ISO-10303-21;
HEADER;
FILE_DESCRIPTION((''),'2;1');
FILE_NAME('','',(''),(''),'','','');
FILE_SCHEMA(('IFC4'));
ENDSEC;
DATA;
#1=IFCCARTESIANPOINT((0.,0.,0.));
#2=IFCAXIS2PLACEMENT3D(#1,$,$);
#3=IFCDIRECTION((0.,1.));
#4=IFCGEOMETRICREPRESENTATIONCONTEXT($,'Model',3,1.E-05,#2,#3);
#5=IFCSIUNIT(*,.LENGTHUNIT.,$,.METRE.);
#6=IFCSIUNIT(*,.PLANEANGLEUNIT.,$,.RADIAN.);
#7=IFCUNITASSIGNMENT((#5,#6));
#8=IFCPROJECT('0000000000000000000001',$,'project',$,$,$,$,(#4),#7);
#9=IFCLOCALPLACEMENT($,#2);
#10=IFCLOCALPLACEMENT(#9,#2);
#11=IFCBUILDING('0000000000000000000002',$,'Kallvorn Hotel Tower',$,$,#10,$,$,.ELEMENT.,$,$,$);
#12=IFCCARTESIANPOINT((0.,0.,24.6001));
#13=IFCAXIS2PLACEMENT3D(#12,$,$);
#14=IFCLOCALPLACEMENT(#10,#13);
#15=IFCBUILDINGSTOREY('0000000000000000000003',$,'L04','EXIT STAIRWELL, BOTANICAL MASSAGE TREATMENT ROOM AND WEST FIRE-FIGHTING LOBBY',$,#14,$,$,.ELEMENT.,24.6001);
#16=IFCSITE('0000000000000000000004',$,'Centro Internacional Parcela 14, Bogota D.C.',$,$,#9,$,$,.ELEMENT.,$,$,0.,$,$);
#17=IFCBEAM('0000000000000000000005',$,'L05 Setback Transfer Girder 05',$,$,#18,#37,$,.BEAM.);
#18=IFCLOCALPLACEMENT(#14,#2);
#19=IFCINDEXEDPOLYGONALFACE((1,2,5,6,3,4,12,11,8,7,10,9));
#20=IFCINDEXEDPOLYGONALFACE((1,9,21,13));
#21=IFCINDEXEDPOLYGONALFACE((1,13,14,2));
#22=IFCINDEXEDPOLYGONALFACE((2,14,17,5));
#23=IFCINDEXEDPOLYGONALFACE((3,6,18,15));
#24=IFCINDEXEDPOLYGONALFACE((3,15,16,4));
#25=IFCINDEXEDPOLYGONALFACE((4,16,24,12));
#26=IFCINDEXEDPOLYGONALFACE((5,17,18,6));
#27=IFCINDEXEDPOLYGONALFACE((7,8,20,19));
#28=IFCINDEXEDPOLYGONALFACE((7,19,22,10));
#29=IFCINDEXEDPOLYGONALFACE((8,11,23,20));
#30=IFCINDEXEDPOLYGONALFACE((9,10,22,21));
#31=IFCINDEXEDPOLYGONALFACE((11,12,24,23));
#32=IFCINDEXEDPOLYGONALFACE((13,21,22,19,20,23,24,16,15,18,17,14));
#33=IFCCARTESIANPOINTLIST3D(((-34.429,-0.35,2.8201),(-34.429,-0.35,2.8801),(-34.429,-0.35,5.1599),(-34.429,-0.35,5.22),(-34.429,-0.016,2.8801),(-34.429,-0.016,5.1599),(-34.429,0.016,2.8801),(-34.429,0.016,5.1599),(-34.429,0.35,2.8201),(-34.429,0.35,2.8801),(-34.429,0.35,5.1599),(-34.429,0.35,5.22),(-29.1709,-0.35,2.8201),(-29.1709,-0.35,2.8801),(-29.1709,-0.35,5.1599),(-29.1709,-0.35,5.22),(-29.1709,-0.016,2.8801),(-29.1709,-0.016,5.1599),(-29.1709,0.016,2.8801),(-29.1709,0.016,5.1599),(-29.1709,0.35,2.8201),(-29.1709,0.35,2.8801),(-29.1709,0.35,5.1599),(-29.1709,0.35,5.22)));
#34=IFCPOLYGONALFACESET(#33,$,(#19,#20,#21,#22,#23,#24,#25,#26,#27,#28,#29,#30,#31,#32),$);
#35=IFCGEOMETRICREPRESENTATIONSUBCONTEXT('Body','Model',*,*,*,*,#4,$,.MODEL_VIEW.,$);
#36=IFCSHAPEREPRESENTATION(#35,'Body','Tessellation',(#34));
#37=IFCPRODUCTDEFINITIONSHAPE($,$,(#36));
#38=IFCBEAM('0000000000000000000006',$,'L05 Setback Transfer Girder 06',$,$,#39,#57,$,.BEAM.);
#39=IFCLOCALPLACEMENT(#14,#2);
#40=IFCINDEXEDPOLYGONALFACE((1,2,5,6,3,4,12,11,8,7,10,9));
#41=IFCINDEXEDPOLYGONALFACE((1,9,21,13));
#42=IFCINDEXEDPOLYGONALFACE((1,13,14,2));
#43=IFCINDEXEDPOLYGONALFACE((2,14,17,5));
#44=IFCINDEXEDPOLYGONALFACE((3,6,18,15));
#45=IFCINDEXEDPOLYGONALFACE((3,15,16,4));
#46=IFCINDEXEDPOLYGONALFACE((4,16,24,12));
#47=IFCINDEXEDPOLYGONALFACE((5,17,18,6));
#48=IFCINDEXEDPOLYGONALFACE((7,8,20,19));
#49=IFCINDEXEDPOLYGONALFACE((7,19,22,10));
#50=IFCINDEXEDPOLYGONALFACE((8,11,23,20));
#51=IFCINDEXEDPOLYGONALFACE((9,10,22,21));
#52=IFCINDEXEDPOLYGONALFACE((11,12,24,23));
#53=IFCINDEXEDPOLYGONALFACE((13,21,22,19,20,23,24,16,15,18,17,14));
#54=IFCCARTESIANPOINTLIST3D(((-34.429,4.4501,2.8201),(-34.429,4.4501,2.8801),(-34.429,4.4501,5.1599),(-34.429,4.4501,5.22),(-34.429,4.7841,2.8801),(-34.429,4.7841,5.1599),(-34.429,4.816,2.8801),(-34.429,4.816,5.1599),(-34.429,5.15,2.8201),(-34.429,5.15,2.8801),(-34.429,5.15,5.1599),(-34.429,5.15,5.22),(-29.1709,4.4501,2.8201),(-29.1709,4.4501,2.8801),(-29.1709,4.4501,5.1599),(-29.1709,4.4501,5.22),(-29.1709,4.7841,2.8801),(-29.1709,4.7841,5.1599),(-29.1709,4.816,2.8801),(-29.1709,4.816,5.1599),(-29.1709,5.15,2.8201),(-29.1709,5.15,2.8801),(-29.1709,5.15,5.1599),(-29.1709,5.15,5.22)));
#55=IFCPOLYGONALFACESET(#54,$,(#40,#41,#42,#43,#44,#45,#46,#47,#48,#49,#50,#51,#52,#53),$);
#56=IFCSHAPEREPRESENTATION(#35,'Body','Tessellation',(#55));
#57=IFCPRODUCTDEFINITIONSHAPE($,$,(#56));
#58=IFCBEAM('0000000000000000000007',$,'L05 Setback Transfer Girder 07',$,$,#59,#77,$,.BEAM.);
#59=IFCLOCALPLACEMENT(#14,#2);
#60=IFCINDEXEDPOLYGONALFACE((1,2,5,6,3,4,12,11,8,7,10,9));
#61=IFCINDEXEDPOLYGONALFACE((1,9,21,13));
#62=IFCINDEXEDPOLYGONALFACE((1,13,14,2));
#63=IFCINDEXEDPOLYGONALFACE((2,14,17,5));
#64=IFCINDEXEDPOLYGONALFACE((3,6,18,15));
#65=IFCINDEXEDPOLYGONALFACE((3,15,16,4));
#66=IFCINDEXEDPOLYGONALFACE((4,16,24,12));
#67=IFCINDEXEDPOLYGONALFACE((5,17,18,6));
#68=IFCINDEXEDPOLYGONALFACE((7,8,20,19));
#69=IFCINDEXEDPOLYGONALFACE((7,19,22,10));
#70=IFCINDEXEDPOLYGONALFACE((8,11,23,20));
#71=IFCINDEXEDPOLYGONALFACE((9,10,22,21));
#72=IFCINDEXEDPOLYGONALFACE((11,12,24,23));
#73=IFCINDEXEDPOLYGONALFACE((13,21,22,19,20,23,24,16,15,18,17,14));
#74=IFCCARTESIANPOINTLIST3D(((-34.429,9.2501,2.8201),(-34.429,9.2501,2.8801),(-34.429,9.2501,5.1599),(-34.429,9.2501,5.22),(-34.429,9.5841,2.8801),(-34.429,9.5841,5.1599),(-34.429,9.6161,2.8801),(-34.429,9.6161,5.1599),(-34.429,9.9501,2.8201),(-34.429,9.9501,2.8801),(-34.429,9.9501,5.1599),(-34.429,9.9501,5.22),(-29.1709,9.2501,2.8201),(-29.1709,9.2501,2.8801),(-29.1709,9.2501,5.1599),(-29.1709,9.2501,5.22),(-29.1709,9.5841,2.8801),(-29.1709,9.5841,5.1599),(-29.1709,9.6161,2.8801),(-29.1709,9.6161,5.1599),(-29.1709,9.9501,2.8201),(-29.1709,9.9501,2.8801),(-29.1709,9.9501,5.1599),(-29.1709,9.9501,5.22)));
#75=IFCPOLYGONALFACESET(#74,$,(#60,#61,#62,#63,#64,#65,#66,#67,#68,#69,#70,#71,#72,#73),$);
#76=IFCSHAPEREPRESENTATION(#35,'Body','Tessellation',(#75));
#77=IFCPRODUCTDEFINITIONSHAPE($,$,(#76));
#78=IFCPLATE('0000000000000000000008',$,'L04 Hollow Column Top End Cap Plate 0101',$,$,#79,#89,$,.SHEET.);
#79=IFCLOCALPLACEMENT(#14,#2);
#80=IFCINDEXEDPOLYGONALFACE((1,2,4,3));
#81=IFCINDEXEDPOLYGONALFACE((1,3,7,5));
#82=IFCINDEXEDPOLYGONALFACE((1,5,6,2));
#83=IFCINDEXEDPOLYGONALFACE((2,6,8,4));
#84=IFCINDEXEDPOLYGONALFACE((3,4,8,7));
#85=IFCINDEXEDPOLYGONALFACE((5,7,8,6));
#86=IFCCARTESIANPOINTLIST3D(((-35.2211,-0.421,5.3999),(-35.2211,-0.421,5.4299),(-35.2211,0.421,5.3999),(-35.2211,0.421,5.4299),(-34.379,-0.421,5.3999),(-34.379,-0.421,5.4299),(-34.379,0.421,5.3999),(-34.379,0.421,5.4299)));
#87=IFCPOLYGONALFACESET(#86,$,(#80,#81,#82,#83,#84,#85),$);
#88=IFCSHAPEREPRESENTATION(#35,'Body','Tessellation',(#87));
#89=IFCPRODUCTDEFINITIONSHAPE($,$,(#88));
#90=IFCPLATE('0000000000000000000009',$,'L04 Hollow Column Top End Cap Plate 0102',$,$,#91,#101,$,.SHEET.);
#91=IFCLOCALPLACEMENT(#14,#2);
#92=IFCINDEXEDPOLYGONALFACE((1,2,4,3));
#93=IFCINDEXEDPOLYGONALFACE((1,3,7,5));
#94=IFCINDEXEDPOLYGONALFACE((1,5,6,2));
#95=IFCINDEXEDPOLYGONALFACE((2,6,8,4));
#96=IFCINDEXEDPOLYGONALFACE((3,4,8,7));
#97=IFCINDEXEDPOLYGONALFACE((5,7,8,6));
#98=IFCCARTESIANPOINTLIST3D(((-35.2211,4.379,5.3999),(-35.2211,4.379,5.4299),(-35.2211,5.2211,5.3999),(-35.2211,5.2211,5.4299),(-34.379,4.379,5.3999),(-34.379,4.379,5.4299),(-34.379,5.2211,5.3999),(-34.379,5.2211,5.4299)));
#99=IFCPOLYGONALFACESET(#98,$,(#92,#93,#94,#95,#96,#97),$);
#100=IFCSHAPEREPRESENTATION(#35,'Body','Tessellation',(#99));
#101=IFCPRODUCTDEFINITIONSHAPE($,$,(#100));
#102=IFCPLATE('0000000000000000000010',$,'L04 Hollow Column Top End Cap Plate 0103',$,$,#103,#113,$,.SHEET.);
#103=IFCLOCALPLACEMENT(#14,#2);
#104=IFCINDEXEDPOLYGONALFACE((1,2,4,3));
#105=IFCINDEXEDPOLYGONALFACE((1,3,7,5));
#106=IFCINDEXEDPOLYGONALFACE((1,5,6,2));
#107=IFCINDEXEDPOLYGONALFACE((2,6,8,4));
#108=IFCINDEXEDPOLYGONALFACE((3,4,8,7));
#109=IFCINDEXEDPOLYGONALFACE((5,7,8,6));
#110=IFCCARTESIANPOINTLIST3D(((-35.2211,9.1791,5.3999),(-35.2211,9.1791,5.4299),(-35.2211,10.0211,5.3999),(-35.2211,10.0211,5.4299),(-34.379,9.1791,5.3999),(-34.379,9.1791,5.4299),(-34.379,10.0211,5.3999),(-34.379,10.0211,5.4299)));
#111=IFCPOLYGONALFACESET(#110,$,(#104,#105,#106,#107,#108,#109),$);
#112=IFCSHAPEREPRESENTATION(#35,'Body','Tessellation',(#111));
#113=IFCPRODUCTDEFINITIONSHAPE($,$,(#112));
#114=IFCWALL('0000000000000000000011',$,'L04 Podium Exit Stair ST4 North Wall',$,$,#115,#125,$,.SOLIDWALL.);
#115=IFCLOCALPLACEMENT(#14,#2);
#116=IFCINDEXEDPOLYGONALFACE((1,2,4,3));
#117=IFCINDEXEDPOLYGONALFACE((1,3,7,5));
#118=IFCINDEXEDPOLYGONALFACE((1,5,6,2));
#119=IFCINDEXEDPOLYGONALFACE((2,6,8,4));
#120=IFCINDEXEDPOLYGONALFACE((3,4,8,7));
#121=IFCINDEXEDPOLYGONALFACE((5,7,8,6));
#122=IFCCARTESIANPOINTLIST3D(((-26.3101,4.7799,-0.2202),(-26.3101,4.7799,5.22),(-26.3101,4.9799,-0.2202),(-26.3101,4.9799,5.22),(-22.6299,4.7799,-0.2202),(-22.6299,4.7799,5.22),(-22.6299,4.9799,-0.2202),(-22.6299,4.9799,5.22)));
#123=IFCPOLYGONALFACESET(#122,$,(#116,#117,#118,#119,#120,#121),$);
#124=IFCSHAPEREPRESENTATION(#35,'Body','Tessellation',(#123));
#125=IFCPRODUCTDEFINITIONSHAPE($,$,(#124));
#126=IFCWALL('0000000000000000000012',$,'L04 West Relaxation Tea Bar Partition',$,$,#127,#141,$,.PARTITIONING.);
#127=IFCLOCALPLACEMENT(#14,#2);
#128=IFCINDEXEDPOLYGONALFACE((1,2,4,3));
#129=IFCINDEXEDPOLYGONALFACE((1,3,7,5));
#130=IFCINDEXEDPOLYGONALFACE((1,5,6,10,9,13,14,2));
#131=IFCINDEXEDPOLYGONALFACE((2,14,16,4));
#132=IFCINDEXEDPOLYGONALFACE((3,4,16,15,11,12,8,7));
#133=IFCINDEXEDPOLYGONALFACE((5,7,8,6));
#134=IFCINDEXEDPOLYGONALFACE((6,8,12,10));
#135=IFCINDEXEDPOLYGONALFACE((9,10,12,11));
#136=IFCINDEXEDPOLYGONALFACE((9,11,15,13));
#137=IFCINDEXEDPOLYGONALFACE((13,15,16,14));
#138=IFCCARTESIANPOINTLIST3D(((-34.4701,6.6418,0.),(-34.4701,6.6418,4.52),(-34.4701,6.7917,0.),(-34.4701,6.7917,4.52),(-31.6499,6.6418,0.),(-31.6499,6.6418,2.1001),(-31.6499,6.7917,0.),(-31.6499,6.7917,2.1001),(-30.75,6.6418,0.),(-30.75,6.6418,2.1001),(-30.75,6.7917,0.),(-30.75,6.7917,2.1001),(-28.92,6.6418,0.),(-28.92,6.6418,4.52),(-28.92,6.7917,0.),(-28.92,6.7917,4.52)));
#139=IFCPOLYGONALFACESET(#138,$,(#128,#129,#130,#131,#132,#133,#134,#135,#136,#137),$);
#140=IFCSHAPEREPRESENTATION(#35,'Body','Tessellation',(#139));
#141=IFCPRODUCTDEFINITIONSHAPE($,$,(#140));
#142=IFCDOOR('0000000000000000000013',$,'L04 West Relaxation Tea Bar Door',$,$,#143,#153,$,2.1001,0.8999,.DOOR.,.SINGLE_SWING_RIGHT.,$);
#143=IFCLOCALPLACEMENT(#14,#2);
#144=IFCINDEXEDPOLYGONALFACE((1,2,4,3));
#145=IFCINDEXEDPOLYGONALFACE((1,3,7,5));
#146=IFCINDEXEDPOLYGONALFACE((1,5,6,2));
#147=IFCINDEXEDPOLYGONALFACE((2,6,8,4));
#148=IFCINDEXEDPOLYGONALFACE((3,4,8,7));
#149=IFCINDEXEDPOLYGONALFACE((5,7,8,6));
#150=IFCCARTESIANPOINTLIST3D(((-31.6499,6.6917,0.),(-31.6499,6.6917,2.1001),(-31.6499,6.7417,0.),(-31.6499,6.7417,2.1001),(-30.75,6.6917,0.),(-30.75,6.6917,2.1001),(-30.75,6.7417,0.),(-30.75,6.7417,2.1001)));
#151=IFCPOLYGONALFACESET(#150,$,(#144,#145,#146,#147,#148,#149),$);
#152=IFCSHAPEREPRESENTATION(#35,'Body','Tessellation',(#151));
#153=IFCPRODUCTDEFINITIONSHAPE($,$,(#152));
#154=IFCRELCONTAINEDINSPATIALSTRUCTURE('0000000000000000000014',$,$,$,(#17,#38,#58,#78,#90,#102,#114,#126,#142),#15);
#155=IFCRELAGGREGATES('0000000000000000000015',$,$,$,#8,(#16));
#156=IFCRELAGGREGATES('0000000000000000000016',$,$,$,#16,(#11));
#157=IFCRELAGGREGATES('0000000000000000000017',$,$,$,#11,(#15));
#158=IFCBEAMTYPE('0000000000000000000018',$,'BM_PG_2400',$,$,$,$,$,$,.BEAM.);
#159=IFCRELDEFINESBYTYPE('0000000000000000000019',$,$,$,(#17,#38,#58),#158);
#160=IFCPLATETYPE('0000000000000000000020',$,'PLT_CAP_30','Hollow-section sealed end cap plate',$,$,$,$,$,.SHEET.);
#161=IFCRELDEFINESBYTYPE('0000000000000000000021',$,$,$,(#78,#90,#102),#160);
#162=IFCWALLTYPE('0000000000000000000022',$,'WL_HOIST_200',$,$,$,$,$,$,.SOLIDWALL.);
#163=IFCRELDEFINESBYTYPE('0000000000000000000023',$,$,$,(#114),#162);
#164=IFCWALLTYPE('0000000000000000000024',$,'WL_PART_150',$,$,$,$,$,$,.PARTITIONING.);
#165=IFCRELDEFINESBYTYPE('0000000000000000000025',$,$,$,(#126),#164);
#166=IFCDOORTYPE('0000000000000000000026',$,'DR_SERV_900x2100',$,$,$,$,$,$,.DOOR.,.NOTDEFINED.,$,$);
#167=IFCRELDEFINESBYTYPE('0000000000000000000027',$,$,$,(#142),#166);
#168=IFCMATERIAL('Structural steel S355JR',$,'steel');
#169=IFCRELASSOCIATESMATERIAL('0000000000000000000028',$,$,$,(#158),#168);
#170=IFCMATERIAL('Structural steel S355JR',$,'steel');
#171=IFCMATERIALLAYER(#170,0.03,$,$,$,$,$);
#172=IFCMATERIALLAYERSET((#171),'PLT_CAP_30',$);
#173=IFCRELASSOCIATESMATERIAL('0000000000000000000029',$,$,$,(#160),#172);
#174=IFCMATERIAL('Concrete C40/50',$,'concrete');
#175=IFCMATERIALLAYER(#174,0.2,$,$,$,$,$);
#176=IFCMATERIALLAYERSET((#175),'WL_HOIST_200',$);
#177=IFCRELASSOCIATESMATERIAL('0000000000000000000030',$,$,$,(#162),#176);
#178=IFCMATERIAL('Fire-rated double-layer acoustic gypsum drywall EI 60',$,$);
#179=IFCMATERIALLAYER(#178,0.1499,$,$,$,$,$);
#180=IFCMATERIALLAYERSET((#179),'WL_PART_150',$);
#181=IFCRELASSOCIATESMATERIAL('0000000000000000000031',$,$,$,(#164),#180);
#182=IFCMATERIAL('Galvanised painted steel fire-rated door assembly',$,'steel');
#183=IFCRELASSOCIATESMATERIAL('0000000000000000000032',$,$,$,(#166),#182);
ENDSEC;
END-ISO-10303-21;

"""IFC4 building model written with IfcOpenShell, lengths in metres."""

from ifc_helpers import new_model, si_unit, direction, frame, frame_2d, origin, origin_2d, place, context, subcontext, project, spatial, rectangle, i_section, extrude, material, layer, layer_set, material_profile, profile_set, type_object, element, fill, save


model = new_model("IFC4")

# Units and contexts
model_context = context("Model", 3, precision=1e-05, world=origin(), true_north=direction((0.0, 1.0)))
body_context = subcontext(model_context, "Body", "Model", "MODEL_VIEW")
ifc_project = project(units=[si_unit("LENGTHUNIT", "METRE"), si_unit("PLANEANGLEUNIT", "RADIAN")], contexts=[model_context])

# Site, building, storey
site_placement = place(None, origin())
site = spatial("IfcSite", under=ifc_project, at=site_placement, Name="Centro Internacional Parcela 14, Bogota D.C.", CompositionType="ELEMENT", RefElevation=0.0)
building_placement = place(site_placement, origin())
building = spatial("IfcBuilding", under=site, at=building_placement, Name="Kallvorn Hotel Tower", CompositionType="ELEMENT")
storey_placement = place(building_placement, frame((0.0, 0.0, 24.6001)))
storey = spatial("IfcBuildingStorey", under=building, at=storey_placement, Name="L04", Description="EXIT STAIRWELL, BOTANICAL MASSAGE TREATMENT ROOM AND WEST FIRE-FIGHTING LOBBY", CompositionType="ELEMENT", Elevation=24.6001)

# Beams
ifc_material_1 = material(Name="Structural steel S355JR", Category="steel")
ifc_material_profile_1 = material_profile(ifc_material_1, i_section(OverallWidth=0.7, OverallDepth=2.3999, WebThickness=0.032, FlangeThickness=0.0601, at=origin_2d()), Name="PG 2400x700x32x60")
ifc_profile_set_1 = profile_set([ifc_material_profile_1], Name="Structural steel S355JR")
beam_type_1 = type_object("IfcBeamType", Name="BM_PG_2400", PredefinedType="BEAM", material=ifc_profile_set_1)
for number, where, z_axis, x_axis, name in (
    (1, (-34.429, 0.0, 4.02), (1.0, 0.0, 0.0), (0.0, 1.0, 0.0), "L05 Setback Transfer Girder 05"),
    (2, (-34.429, 4.8, 4.02), (1.0, 0.0, 0.0), (0.0, 1.0, 0.0), "L05 Setback Transfer Girder 06"),
    (3, (-34.429, 9.6001, 4.02), (1.0, 0.0, 0.0), (0.0, 1.0, 0.0), "L05 Setback Transfer Girder 07"),
):
    element("IfcBeam", number, at=place(storey_placement, frame(where, z_axis=z_axis, x_axis=x_axis)), inside=storey, type_object=beam_type_1, Name=name, PredefinedType="BEAM", context=body_context, shape_type="SweptSolid", body=[
        extrude(i_section(OverallWidth=0.7, OverallDepth=2.3999, WebThickness=0.032, FlangeThickness=0.0601, at=origin_2d()), origin(), (0.0, 0.0, 1.0), 5.2581),
    ])

# Plates
ifc_material_2 = material(Name="Structural steel S355JR", Category="steel")
ifc_layer_1 = layer(ifc_material_2, 0.03)
ifc_layer_set_1 = layer_set([ifc_layer_1], Name="PLT_CAP_30")
plate_type = type_object("IfcPlateType", Name="PLT_CAP_30", Description="Hollow-section sealed end cap plate", PredefinedType="SHEET", material=ifc_layer_set_1)
for number, where, z_axis, x_axis, name in (
    (4, (-34.8, 0.0, 5.3999), (0.0, 0.0, 1.0), (1.0, 0.0, 0.0), "L04 Hollow Column Top End Cap Plate 0101"),
    (5, (-34.8, 4.8, 5.3999), (0.0, 0.0, 1.0), (1.0, 0.0, 0.0), "L04 Hollow Column Top End Cap Plate 0102"),
    (6, (-34.8, 9.6001, 5.3999), (0.0, 0.0, 1.0), (1.0, 0.0, 0.0), "L04 Hollow Column Top End Cap Plate 0103"),
):
    element("IfcPlate", number, at=place(storey_placement, frame(where, z_axis=z_axis, x_axis=x_axis)), inside=storey, type_object=plate_type, Name=name, PredefinedType="SHEET", context=body_context, shape_type="SweptSolid", body=[
        extrude(rectangle(XDim=0.842, YDim=0.842, at=origin_2d()), origin(), (0.0, 0.0, 1.0), 0.03),
    ])

# Wall
ifc_material_3 = material(Name="Concrete C40/50", Category="concrete")
ifc_layer_2 = layer(ifc_material_3, 0.2)
ifc_layer_set_2 = layer_set([ifc_layer_2], Name="WL_HOIST_200")
wall_type_1 = type_object("IfcWallType", Name="WL_HOIST_200", PredefinedType="SOLIDWALL", material=ifc_layer_set_2)
wall_1_placement = place(storey_placement, frame((-26.3101, 4.8799, -0.2202), z_axis=(0.0, 0.0, 1.0), x_axis=(1.0, 0.0, 0.0)))
element("IfcWall", 7, at=wall_1_placement, inside=storey, type_object=wall_type_1, Name="L04 Podium Exit Stair ST4 North Wall", PredefinedType="SOLIDWALL", context=body_context, shape_type="SweptSolid", body=[
    extrude(rectangle(XDim=3.6802, YDim=0.2, at=frame_2d((1.8401, 0.0))), origin(), (0.0, 0.0, 1.0), 5.4402),
])

# Wall, opening, door
ifc_material_4 = material(Name="Fire-rated double-layer acoustic gypsum drywall EI 60")
ifc_layer_3 = layer(ifc_material_4, 0.1499)
ifc_layer_set_3 = layer_set([ifc_layer_3], Name="WL_PART_150")
wall_type_2 = type_object("IfcWallType", Name="WL_PART_150", PredefinedType="PARTITIONING", material=ifc_layer_set_3)
wall_2_placement = place(storey_placement, frame((-34.47, 6.7168, 0.0), z_axis=(0.0, 0.0, 1.0), x_axis=(1.0, 0.0, 0.0)))
wall_2 = element("IfcWall", 8, at=wall_2_placement, inside=storey, type_object=wall_type_2, Name="L04 West Relaxation Tea Bar Partition", PredefinedType="PARTITIONING", context=body_context, shape_type="SweptSolid", body=[
    extrude(rectangle(XDim=5.55, YDim=0.1499, at=frame_2d((2.7749, 0.0))), origin(), (0.0, 0.0, 1.0), 4.52),
])
opening_1_placement = place(wall_2_placement, frame((2.8201, 0.0, 0.0)))
opening_1 = element("IfcOpeningElement", 9, at=opening_1_placement, cuts=wall_2, PredefinedType="OPENING", context=body_context, shape_type="SweptSolid", body=[
    extrude(rectangle(XDim=0.8999, YDim=2.1001, at=frame_2d((0.45, 1.05))), frame((0.0, 0.0898, 0.0), z_axis=(0.0, -1.0, 0.0), x_axis=(1.0, 0.0, 0.0)), (0.0, 0.0, 1.0), 0.1799),
])
ifc_material_5 = material(Name="Galvanised painted steel fire-rated door assembly", Category="steel")
door_type = type_object("IfcDoorType", Name="DR_SERV_900x2100", OperationType="NOTDEFINED", PredefinedType="DOOR", material=ifc_material_5)
door_1_placement = place(opening_1_placement, origin())
door_1 = element("IfcDoor", 10, at=door_1_placement, inside=storey, type_object=door_type, Name="L04 West Relaxation Tea Bar Door", OperationType="SINGLE_SWING_RIGHT", OverallHeight=2.1001, OverallWidth=0.8999, PredefinedType="DOOR", context=body_context, shape_type="SweptSolid", body=[
    extrude(rectangle(XDim=0.8999, YDim=2.1001, at=frame_2d((0.45, 1.05))), frame((0.0, 0.0249, 0.0), z_axis=(0.0, -1.0, 0.0), x_axis=(1.0, 0.0, 0.0)), (0.0, 0.0, 1.0), 0.05),
])
fill(opening_1, door_1)

save(model, "model.ifc")
